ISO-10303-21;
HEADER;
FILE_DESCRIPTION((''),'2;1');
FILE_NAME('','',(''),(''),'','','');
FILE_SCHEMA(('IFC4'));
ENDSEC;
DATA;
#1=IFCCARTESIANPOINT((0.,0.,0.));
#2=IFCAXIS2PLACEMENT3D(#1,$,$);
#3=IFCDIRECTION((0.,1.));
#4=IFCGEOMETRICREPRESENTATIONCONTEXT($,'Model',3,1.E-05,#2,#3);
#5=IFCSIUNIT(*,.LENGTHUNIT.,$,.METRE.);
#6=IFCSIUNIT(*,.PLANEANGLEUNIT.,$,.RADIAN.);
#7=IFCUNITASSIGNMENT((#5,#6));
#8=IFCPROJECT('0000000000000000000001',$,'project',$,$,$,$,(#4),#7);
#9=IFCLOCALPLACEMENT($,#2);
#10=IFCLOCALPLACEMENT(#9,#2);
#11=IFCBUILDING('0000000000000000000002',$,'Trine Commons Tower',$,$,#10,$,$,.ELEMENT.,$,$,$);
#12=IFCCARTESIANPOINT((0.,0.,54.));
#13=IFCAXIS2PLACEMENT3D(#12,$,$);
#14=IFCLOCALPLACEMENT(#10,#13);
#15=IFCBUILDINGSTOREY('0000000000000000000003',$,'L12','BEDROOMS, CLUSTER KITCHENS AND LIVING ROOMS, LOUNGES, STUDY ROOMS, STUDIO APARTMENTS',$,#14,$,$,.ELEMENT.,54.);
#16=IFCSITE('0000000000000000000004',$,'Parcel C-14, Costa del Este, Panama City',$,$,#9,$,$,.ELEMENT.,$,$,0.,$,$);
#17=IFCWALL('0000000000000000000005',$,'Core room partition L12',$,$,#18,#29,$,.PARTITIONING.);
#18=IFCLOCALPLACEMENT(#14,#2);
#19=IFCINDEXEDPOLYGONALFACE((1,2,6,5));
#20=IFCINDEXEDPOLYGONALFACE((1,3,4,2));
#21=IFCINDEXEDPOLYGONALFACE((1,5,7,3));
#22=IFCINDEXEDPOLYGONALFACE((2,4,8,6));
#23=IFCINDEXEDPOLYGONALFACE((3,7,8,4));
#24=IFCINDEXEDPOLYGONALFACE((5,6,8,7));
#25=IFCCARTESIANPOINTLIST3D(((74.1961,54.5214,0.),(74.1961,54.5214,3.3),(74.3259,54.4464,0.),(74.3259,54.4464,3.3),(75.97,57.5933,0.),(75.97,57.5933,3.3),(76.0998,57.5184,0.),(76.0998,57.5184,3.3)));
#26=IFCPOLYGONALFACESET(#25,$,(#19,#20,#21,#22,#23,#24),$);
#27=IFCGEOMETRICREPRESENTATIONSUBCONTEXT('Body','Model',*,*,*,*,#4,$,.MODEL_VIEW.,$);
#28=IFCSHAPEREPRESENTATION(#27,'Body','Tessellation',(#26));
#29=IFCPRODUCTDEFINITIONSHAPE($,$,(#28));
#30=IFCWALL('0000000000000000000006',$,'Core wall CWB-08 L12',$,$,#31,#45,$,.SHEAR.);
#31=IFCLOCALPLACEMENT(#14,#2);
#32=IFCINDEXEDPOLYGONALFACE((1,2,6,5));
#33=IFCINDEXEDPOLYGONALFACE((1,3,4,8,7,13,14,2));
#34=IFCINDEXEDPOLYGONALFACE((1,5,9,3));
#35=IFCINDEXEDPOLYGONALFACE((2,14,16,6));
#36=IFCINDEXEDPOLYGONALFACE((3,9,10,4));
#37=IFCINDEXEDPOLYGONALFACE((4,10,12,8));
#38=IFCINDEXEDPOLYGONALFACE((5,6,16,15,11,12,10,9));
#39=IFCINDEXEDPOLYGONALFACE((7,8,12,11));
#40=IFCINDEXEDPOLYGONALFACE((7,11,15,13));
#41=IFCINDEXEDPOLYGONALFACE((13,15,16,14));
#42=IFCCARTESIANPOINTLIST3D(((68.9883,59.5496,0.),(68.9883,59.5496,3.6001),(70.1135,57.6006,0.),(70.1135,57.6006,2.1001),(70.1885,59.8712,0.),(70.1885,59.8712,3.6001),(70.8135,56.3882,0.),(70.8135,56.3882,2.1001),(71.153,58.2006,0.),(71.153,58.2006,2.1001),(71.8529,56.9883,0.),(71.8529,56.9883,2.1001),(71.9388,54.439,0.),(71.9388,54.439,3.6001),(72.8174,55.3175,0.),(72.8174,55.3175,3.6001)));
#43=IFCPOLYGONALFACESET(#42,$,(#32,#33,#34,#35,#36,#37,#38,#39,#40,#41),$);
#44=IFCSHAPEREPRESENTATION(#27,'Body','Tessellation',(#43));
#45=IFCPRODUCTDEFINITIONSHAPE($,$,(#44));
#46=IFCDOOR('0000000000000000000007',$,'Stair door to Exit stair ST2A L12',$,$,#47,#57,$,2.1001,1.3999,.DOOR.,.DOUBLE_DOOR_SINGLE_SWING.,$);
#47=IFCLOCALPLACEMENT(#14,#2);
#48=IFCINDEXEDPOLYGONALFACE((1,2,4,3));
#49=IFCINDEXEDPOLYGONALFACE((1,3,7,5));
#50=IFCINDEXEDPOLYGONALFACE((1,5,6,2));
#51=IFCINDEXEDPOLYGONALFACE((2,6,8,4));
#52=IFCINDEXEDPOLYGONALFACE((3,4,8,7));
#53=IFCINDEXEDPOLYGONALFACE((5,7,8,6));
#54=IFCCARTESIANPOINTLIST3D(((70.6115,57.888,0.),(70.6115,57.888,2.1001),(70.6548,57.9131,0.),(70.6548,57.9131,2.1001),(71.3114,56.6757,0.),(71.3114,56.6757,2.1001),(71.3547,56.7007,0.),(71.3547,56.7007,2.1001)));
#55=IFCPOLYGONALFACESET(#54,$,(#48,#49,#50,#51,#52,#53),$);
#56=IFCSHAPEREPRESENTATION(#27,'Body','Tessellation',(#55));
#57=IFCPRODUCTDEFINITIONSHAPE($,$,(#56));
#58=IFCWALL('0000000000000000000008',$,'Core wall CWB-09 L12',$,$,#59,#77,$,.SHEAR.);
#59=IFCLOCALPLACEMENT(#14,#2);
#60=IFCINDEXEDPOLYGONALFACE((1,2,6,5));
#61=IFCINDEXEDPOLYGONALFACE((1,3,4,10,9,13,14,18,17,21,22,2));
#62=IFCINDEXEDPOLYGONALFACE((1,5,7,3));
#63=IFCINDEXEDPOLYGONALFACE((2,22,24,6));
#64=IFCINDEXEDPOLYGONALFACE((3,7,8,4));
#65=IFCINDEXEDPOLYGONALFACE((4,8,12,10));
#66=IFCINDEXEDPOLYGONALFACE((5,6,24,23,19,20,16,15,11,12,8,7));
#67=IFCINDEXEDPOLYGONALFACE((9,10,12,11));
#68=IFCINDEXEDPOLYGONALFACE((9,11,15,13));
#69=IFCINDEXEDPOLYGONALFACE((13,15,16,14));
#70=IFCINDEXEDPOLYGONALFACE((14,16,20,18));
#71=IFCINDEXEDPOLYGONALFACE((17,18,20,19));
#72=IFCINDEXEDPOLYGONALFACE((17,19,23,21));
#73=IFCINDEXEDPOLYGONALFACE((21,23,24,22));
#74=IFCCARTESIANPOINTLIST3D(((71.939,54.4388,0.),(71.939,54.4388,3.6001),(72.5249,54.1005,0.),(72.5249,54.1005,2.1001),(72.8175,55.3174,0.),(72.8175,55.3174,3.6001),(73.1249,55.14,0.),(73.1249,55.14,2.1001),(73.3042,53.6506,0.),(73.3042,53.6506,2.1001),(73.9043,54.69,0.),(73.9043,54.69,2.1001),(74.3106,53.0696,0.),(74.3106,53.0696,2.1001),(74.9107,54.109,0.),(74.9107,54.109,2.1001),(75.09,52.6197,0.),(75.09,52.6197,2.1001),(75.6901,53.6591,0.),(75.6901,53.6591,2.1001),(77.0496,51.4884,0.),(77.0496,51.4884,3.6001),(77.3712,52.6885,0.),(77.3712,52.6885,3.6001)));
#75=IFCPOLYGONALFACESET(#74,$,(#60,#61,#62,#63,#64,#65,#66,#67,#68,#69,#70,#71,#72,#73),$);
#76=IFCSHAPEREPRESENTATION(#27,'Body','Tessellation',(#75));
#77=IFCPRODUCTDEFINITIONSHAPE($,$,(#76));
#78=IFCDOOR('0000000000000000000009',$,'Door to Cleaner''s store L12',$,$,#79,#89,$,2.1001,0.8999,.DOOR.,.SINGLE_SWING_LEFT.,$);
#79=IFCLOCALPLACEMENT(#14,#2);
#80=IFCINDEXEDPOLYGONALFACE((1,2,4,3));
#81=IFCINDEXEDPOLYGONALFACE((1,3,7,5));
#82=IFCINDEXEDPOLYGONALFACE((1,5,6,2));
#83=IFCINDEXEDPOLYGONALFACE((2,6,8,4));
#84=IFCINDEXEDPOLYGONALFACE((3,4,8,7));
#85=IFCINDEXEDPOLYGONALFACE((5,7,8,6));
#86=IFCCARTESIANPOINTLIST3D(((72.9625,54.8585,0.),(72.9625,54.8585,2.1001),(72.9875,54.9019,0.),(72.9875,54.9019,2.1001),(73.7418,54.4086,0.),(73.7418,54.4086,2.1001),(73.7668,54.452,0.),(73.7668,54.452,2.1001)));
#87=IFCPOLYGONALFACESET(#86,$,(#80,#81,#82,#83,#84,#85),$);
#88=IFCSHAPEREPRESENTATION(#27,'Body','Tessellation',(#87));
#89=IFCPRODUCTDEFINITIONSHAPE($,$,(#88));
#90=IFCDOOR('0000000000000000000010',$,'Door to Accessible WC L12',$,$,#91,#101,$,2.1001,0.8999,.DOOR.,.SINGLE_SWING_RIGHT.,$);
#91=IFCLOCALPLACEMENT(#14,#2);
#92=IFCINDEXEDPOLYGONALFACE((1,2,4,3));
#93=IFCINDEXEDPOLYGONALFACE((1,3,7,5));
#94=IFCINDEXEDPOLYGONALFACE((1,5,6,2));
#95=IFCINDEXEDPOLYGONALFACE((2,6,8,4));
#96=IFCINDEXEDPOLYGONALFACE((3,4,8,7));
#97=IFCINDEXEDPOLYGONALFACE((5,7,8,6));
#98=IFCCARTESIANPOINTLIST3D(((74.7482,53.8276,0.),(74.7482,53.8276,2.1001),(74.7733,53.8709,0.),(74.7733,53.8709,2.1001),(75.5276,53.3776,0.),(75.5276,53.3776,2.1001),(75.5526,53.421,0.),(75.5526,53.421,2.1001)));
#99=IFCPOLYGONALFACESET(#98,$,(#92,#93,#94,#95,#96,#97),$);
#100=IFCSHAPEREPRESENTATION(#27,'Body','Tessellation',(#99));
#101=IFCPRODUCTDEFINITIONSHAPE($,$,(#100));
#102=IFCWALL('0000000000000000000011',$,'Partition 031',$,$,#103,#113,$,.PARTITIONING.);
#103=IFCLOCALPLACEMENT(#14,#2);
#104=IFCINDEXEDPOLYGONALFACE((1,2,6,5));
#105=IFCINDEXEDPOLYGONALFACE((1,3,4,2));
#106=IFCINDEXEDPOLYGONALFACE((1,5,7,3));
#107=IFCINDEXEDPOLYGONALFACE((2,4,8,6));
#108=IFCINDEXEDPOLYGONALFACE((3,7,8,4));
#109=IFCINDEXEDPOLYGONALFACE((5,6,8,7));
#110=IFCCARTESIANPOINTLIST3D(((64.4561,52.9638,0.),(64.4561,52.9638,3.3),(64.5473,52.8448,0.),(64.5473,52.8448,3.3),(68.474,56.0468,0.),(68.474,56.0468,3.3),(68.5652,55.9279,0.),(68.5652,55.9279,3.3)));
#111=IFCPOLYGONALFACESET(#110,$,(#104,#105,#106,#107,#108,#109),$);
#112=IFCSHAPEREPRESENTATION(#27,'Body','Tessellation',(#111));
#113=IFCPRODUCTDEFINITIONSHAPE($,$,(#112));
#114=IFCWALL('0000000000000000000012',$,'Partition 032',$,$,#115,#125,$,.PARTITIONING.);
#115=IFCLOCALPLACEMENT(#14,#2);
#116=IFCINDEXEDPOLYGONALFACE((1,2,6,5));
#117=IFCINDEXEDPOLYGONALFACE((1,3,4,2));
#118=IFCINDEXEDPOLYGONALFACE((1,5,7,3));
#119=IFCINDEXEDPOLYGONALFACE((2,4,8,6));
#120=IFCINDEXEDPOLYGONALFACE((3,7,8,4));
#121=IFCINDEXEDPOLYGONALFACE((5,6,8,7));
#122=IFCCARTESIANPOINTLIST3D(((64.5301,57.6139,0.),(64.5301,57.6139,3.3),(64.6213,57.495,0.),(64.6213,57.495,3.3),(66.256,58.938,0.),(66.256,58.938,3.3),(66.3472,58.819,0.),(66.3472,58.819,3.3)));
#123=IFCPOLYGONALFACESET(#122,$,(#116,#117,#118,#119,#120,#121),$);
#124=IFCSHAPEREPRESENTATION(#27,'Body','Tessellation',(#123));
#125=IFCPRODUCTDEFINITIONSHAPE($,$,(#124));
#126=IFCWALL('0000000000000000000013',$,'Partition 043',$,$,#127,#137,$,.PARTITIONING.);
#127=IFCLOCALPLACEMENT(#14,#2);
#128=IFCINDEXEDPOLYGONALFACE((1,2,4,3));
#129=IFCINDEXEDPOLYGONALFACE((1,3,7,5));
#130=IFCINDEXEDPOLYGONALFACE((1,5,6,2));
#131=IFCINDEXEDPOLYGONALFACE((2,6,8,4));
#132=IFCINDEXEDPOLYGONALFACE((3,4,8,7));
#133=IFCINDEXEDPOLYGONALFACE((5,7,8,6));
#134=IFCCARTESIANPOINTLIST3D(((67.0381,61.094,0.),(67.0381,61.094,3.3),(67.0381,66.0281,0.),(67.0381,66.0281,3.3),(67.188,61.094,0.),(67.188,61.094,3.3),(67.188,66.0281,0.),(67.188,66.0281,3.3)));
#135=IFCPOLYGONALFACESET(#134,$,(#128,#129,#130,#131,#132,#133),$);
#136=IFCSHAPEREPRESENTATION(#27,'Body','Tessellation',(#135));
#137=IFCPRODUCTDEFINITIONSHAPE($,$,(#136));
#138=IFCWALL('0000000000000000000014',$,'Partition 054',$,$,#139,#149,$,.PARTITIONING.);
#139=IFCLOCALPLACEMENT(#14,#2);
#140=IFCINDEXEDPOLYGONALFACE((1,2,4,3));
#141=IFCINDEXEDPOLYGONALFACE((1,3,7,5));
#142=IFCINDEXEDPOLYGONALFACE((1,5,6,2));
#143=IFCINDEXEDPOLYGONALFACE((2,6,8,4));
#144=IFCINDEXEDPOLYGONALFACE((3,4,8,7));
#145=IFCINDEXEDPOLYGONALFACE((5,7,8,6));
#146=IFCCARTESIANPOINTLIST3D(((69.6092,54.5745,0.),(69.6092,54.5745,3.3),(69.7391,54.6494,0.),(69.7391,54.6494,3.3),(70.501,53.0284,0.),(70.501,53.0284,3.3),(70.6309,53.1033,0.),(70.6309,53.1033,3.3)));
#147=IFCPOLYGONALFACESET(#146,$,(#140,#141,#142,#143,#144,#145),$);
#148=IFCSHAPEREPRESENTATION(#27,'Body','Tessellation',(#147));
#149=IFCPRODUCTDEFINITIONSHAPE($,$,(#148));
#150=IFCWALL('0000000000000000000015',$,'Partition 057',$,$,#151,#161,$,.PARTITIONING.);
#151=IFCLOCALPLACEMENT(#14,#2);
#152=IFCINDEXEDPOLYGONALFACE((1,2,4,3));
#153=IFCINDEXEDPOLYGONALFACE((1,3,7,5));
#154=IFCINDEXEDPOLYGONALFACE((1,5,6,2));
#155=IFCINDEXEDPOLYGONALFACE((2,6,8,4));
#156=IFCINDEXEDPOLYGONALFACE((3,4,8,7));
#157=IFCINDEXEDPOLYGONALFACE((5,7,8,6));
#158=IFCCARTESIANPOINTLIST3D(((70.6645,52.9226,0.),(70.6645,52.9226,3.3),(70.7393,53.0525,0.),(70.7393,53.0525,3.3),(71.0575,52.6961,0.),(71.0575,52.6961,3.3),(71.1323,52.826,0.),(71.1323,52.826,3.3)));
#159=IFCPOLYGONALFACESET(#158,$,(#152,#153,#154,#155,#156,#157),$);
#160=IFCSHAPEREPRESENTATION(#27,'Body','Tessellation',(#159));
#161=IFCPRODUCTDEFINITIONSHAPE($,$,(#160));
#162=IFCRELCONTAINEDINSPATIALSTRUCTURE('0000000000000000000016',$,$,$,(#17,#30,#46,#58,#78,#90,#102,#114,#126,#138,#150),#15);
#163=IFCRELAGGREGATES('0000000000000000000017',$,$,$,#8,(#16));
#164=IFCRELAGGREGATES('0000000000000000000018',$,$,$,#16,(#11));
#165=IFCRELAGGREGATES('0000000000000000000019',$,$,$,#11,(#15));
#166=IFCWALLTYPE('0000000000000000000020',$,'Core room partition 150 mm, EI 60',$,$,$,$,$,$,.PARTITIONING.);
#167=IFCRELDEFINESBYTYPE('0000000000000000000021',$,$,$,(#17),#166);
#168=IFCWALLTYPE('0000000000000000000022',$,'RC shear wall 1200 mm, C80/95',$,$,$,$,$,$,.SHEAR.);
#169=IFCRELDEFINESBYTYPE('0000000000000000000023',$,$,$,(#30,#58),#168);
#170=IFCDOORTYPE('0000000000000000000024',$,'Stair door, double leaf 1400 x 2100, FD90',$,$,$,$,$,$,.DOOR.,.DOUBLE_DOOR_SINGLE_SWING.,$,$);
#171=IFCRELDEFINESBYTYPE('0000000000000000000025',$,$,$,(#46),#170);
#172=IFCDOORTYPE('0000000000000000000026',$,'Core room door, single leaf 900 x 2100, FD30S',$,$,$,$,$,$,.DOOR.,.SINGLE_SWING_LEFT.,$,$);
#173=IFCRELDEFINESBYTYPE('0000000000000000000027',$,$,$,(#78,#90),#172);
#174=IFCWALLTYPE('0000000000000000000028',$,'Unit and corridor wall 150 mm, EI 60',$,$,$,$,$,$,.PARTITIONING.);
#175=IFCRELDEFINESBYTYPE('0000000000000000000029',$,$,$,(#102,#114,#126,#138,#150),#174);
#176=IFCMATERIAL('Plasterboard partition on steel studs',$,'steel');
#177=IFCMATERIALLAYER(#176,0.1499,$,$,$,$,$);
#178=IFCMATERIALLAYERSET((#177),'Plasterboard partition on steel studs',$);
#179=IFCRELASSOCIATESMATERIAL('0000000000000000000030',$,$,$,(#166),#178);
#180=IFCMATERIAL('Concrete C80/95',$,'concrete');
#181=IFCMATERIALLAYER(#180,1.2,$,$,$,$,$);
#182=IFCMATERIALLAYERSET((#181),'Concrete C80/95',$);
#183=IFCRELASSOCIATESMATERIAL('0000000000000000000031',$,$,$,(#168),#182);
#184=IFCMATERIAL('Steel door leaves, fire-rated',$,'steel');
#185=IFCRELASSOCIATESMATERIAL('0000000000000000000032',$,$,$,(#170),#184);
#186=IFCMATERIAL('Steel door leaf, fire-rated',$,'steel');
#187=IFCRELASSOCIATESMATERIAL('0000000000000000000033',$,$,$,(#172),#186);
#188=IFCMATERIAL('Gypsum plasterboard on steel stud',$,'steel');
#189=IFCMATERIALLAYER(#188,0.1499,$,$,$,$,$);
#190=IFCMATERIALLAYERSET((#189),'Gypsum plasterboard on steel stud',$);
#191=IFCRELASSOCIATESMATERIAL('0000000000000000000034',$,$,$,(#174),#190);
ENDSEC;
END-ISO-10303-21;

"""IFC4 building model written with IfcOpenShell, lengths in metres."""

from ifc_helpers import new_model, si_unit, direction, frame, frame_2d, origin, place, context, subcontext, project, spatial, polyline, rectangle, outline, extrude, material, layer, layer_set, type_object, element, fill, save


model = new_model("IFC4")

# Units and contexts
model_context = context("Model", 3, precision=1e-05, world=origin(), true_north=direction((0.0, 1.0)))
body_context = subcontext(model_context, "Body", "Model", "MODEL_VIEW")
ifc_project = project(units=[si_unit("LENGTHUNIT", "METRE"), si_unit("PLANEANGLEUNIT", "RADIAN")], contexts=[model_context])

# Site, building, storey
site_placement = place(None, origin())
site = spatial("IfcSite", under=ifc_project, at=site_placement, Name="Parcel C-14, Costa del Este, Panama City", CompositionType="ELEMENT", RefElevation=0.0)
building_placement = place(site_placement, origin())
building = spatial("IfcBuilding", under=site, at=building_placement, Name="Trine Commons Tower", CompositionType="ELEMENT")
storey_placement = place(building_placement, frame((0.0, 0.0, 54.0)))
storey = spatial("IfcBuildingStorey", under=building, at=storey_placement, Name="L12", Description="BEDROOMS, CLUSTER KITCHENS AND LIVING ROOMS, LOUNGES, STUDY ROOMS, STUDIO APARTMENTS", CompositionType="ELEMENT", Elevation=54.0)

# Wall
ifc_material_1 = material(Name="Plasterboard partition on steel studs", Category="steel")
ifc_layer_1 = layer(ifc_material_1, 0.1499)
ifc_layer_set_1 = layer_set([ifc_layer_1], Name="Plasterboard partition on steel studs")
wall_type_1 = type_object("IfcWallType", Name="Core room partition 150 mm, EI 60", PredefinedType="PARTITIONING", material=ifc_layer_set_1)
wall_1_placement = place(storey_placement, frame((74.261, 54.4839, 0.0), z_axis=(0.0, 0.0, 1.0), x_axis=(0.500062, 0.86599, 0.0)))
element("IfcWall", 1, at=wall_1_placement, inside=storey, type_object=wall_type_1, Name="Core room partition L12", PredefinedType="PARTITIONING", context=body_context, shape_type="SweptSolid", body=[
    extrude(rectangle(XDim=3.5474, YDim=0.1499, at=frame_2d((1.7737, 0.0))), origin(), (0.0, 0.0, 1.0), 3.3),
])

# Wall, opening, door
ifc_material_2 = material(Name="Concrete C80/95", Category="concrete")
ifc_layer_2 = layer(ifc_material_2, 1.2)
ifc_layer_set_2 = layer_set([ifc_layer_2], Name="Concrete C80/95")
wall_type_2 = type_object("IfcWallType", Name="RC shear wall 1200 mm, C80/95", PredefinedType="SHEAR", material=ifc_layer_set_2)
wall_2_placement = place(storey_placement, frame((69.5081, 59.8496, 0.0), z_axis=(0.0, 0.0, 1.0), x_axis=(0.499979, -0.866037, 0.0)))
wall_2 = element("IfcWall", 2, at=wall_2_placement, inside=storey, type_object=wall_type_2, Name="Core wall CWB-08 L12", PredefinedType="SHEAR", context=body_context, shape_type="SweptSolid", body=[
    extrude(outline(polyline([(0.0, -0.6001), (5.9011, -0.6001), (5.5796, 0.6001), (0.3215, 0.6001), (0.0, -0.6001)])), origin(), (0.0, 0.0, 1.0), 3.6001),
])
opening_1_placement = place(wall_2_placement, frame((2.2505, 0.0, 0.0)))
opening_1 = element("IfcOpeningElement", 3, at=opening_1_placement, cuts=wall_2, PredefinedType="OPENING", context=body_context, shape_type="SweptSolid", body=[
    extrude(rectangle(XDim=1.3999, YDim=2.1001, at=frame_2d((0.7, 1.05))), frame((0.0, 0.6099, 0.0), z_axis=(0.0, -1.0, 0.0), x_axis=(1.0, 0.0, 0.0)), (0.0, 0.0, 1.0), 1.22),
])
ifc_material_3 = material(Name="Steel door leaves, fire-rated", Category="steel")
door_type_1 = type_object("IfcDoorType", Name="Stair door, double leaf 1400 x 2100, FD90", OperationType="DOUBLE_DOOR_SINGLE_SWING", PredefinedType="DOOR", material=ifc_material_3)
door_1_placement = place(opening_1_placement, origin())
door_1 = element("IfcDoor", 4, at=door_1_placement, inside=storey, type_object=door_type_1, Name="Stair door to Exit stair ST2A L12", OperationType="DOUBLE_DOOR_SINGLE_SWING", OverallHeight=2.1001, OverallWidth=1.3999, PredefinedType="DOOR", context=body_context, shape_type="SweptSolid", body=[
    extrude(rectangle(XDim=1.3999, YDim=2.1001, at=frame_2d((0.7, 1.05))), frame((0.0, 0.0249, 0.0), z_axis=(0.0, -1.0, 0.0), x_axis=(1.0, 0.0, 0.0)), (0.0, 0.0, 1.0), 0.05),
])
fill(opening_1, door_1)

# Wall, openings, doors
wall_3_placement = place(storey_placement, frame((72.239, 54.9585, 0.0), z_axis=(0.0, 0.0, 1.0), x_axis=(0.866037, -0.499979, 0.0)))
wall_3 = element("IfcWall", 5, at=wall_3_placement, inside=storey, type_object=wall_type_2, Name="Core wall CWB-09 L12", PredefinedType="SHEAR", context=body_context, shape_type="SweptSolid", body=[
    extrude(outline(polyline([(0.0, -0.6001), (5.9011, -0.6001), (5.5796, 0.6001), (0.3215, 0.6001), (0.0, -0.6001)])), origin(), (0.0, 0.0, 1.0), 3.6001),
])
opening_2_placement = place(wall_3_placement, frame((0.6765, 0.0, 0.0)))
opening_2 = element("IfcOpeningElement", 6, at=opening_2_placement, cuts=wall_3, PredefinedType="OPENING", context=body_context, shape_type="SweptSolid", body=[
    extrude(rectangle(XDim=0.8999, YDim=2.1001, at=frame_2d((0.45, 1.05))), frame((0.0, 0.6099, 0.0), z_axis=(0.0, -1.0, 0.0), x_axis=(1.0, 0.0, 0.0)), (0.0, 0.0, 1.0), 1.22),
])
opening_3_placement = place(wall_3_placement, frame((2.7385, 0.0, 0.0)))
opening_3 = element("IfcOpeningElement", 7, at=opening_3_placement, cuts=wall_3, PredefinedType="OPENING", context=body_context, shape_type="SweptSolid", body=[
    extrude(rectangle(XDim=0.8999, YDim=2.1001, at=frame_2d((0.45, 1.05))), frame((0.0, 0.6099, 0.0), z_axis=(0.0, -1.0, 0.0), x_axis=(1.0, 0.0, 0.0)), (0.0, 0.0, 1.0), 1.22),
])
ifc_material_4 = material(Name="Steel door leaf, fire-rated", Category="steel")
door_type_2 = type_object("IfcDoorType", Name="Core room door, single leaf 900 x 2100, FD30S", OperationType="SINGLE_SWING_LEFT", PredefinedType="DOOR", material=ifc_material_4)
door_2_placement = place(opening_2_placement, origin())
door_2 = element("IfcDoor", 8, at=door_2_placement, inside=storey, type_object=door_type_2, Name="Door to Cleaner's store L12", OperationType="SINGLE_SWING_LEFT", OverallHeight=2.1001, OverallWidth=0.8999, PredefinedType="DOOR", context=body_context, shape_type="SweptSolid", body=[
    extrude(rectangle(XDim=0.8999, YDim=2.1001, at=frame_2d((0.45, 1.05))), frame((0.0, 0.3252, 0.0), z_axis=(0.0, -1.0, 0.0), x_axis=(1.0, 0.0, 0.0)), (0.0, 0.0, 1.0), 0.05),
])
fill(opening_2, door_2)
door_3_placement = place(opening_3_placement, origin())
door_3 = element("IfcDoor", 9, at=door_3_placement, inside=storey, type_object=door_type_2, Name="Door to Accessible WC L12", OperationType="SINGLE_SWING_RIGHT", OverallHeight=2.1001, OverallWidth=0.8999, PredefinedType="DOOR", context=body_context, shape_type="SweptSolid", body=[
    extrude(rectangle(XDim=0.8999, YDim=2.1001, at=frame_2d((0.45, 1.05))), frame((0.0, 0.3252, 0.0), z_axis=(0.0, -1.0, 0.0), x_axis=(1.0, 0.0, 0.0)), (0.0, 0.0, 1.0), 0.05),
])
fill(opening_3, door_3)

# Walls
ifc_material_5 = material(Name="Gypsum plasterboard on steel stud", Category="steel")
ifc_layer_3 = layer(ifc_material_5, 0.1499)
ifc_layer_set_3 = layer_set([ifc_layer_3], Name="Gypsum plasterboard on steel stud")
wall_type_3 = type_object("IfcWallType", Name="Unit and corridor wall 150 mm, EI 60", PredefinedType="PARTITIONING", material=ifc_layer_set_3)
wall_4_placement = place(storey_placement, frame((64.5017, 52.9043, 0.0), z_axis=(0.0, 0.0, 1.0), x_axis=(0.793351, 0.608764, 0.0)))
element("IfcWall", 10, at=wall_4_placement, inside=storey, type_object=wall_type_3, Name="Partition 031", PredefinedType="PARTITIONING", context=body_context, shape_type="SweptSolid", body=[
    extrude(rectangle(XDim=5.0645, YDim=0.1499, at=frame_2d((2.5322, 0.0))), origin(), (0.0, 0.0, 1.0), 3.3),
])
wall_5_placement = place(storey_placement, frame((64.5757, 57.5544, 0.0), z_axis=(0.0, 0.0, 1.0), x_axis=(0.79342, 0.608674, 0.0)))
element("IfcWall", 11, at=wall_5_placement, inside=storey, type_object=wall_type_3, Name="Partition 032", PredefinedType="PARTITIONING", context=body_context, shape_type="SweptSolid", body=[
    extrude(rectangle(XDim=2.1753, YDim=0.1499, at=frame_2d((1.0876, 0.0))), origin(), (0.0, 0.0, 1.0), 3.3),
])
wall_6_placement = place(storey_placement, frame((67.113, 61.094, 0.0), z_axis=(0.0, 0.0, 1.0), x_axis=(0.0, 1.0, 0.0)))
element("IfcWall", 12, at=wall_6_placement, inside=storey, type_object=wall_type_3, Name="Partition 043", PredefinedType="PARTITIONING", context=body_context, shape_type="SweptSolid", body=[
    extrude(rectangle(XDim=4.9341, YDim=0.1499, at=frame_2d((2.467, 0.0))), origin(), (0.0, 0.0, 1.0), 3.3),
])
wall_7_placement = place(storey_placement, frame((69.6741, 54.6121, 0.0), z_axis=(0.0, 0.0, 1.0), x_axis=(0.499655, -0.866224, 0.0)))
element("IfcWall", 13, at=wall_7_placement, inside=storey, type_object=wall_type_3, Name="Partition 054", PredefinedType="PARTITIONING", context=body_context, shape_type="SweptSolid", body=[
    extrude(rectangle(XDim=1.7849, YDim=0.1499, at=frame_2d((0.8926, 0.0))), origin(), (0.0, 0.0, 1.0), 3.3),
])
wall_8_placement = place(storey_placement, frame((70.7019, 52.9875, 0.0), z_axis=(0.0, 0.0, 1.0), x_axis=(0.866383, -0.499381, 0.0)))
element("IfcWall", 14, at=wall_8_placement, inside=storey, type_object=wall_type_3, Name="Partition 057", PredefinedType="PARTITIONING", context=body_context, shape_type="SweptSolid", body=[
    extrude(rectangle(XDim=0.4536, YDim=0.1499, at=frame_2d((0.2268, 0.0))), origin(), (0.0, 0.0, 1.0), 3.3),
])

save(model, "model.ifc")
